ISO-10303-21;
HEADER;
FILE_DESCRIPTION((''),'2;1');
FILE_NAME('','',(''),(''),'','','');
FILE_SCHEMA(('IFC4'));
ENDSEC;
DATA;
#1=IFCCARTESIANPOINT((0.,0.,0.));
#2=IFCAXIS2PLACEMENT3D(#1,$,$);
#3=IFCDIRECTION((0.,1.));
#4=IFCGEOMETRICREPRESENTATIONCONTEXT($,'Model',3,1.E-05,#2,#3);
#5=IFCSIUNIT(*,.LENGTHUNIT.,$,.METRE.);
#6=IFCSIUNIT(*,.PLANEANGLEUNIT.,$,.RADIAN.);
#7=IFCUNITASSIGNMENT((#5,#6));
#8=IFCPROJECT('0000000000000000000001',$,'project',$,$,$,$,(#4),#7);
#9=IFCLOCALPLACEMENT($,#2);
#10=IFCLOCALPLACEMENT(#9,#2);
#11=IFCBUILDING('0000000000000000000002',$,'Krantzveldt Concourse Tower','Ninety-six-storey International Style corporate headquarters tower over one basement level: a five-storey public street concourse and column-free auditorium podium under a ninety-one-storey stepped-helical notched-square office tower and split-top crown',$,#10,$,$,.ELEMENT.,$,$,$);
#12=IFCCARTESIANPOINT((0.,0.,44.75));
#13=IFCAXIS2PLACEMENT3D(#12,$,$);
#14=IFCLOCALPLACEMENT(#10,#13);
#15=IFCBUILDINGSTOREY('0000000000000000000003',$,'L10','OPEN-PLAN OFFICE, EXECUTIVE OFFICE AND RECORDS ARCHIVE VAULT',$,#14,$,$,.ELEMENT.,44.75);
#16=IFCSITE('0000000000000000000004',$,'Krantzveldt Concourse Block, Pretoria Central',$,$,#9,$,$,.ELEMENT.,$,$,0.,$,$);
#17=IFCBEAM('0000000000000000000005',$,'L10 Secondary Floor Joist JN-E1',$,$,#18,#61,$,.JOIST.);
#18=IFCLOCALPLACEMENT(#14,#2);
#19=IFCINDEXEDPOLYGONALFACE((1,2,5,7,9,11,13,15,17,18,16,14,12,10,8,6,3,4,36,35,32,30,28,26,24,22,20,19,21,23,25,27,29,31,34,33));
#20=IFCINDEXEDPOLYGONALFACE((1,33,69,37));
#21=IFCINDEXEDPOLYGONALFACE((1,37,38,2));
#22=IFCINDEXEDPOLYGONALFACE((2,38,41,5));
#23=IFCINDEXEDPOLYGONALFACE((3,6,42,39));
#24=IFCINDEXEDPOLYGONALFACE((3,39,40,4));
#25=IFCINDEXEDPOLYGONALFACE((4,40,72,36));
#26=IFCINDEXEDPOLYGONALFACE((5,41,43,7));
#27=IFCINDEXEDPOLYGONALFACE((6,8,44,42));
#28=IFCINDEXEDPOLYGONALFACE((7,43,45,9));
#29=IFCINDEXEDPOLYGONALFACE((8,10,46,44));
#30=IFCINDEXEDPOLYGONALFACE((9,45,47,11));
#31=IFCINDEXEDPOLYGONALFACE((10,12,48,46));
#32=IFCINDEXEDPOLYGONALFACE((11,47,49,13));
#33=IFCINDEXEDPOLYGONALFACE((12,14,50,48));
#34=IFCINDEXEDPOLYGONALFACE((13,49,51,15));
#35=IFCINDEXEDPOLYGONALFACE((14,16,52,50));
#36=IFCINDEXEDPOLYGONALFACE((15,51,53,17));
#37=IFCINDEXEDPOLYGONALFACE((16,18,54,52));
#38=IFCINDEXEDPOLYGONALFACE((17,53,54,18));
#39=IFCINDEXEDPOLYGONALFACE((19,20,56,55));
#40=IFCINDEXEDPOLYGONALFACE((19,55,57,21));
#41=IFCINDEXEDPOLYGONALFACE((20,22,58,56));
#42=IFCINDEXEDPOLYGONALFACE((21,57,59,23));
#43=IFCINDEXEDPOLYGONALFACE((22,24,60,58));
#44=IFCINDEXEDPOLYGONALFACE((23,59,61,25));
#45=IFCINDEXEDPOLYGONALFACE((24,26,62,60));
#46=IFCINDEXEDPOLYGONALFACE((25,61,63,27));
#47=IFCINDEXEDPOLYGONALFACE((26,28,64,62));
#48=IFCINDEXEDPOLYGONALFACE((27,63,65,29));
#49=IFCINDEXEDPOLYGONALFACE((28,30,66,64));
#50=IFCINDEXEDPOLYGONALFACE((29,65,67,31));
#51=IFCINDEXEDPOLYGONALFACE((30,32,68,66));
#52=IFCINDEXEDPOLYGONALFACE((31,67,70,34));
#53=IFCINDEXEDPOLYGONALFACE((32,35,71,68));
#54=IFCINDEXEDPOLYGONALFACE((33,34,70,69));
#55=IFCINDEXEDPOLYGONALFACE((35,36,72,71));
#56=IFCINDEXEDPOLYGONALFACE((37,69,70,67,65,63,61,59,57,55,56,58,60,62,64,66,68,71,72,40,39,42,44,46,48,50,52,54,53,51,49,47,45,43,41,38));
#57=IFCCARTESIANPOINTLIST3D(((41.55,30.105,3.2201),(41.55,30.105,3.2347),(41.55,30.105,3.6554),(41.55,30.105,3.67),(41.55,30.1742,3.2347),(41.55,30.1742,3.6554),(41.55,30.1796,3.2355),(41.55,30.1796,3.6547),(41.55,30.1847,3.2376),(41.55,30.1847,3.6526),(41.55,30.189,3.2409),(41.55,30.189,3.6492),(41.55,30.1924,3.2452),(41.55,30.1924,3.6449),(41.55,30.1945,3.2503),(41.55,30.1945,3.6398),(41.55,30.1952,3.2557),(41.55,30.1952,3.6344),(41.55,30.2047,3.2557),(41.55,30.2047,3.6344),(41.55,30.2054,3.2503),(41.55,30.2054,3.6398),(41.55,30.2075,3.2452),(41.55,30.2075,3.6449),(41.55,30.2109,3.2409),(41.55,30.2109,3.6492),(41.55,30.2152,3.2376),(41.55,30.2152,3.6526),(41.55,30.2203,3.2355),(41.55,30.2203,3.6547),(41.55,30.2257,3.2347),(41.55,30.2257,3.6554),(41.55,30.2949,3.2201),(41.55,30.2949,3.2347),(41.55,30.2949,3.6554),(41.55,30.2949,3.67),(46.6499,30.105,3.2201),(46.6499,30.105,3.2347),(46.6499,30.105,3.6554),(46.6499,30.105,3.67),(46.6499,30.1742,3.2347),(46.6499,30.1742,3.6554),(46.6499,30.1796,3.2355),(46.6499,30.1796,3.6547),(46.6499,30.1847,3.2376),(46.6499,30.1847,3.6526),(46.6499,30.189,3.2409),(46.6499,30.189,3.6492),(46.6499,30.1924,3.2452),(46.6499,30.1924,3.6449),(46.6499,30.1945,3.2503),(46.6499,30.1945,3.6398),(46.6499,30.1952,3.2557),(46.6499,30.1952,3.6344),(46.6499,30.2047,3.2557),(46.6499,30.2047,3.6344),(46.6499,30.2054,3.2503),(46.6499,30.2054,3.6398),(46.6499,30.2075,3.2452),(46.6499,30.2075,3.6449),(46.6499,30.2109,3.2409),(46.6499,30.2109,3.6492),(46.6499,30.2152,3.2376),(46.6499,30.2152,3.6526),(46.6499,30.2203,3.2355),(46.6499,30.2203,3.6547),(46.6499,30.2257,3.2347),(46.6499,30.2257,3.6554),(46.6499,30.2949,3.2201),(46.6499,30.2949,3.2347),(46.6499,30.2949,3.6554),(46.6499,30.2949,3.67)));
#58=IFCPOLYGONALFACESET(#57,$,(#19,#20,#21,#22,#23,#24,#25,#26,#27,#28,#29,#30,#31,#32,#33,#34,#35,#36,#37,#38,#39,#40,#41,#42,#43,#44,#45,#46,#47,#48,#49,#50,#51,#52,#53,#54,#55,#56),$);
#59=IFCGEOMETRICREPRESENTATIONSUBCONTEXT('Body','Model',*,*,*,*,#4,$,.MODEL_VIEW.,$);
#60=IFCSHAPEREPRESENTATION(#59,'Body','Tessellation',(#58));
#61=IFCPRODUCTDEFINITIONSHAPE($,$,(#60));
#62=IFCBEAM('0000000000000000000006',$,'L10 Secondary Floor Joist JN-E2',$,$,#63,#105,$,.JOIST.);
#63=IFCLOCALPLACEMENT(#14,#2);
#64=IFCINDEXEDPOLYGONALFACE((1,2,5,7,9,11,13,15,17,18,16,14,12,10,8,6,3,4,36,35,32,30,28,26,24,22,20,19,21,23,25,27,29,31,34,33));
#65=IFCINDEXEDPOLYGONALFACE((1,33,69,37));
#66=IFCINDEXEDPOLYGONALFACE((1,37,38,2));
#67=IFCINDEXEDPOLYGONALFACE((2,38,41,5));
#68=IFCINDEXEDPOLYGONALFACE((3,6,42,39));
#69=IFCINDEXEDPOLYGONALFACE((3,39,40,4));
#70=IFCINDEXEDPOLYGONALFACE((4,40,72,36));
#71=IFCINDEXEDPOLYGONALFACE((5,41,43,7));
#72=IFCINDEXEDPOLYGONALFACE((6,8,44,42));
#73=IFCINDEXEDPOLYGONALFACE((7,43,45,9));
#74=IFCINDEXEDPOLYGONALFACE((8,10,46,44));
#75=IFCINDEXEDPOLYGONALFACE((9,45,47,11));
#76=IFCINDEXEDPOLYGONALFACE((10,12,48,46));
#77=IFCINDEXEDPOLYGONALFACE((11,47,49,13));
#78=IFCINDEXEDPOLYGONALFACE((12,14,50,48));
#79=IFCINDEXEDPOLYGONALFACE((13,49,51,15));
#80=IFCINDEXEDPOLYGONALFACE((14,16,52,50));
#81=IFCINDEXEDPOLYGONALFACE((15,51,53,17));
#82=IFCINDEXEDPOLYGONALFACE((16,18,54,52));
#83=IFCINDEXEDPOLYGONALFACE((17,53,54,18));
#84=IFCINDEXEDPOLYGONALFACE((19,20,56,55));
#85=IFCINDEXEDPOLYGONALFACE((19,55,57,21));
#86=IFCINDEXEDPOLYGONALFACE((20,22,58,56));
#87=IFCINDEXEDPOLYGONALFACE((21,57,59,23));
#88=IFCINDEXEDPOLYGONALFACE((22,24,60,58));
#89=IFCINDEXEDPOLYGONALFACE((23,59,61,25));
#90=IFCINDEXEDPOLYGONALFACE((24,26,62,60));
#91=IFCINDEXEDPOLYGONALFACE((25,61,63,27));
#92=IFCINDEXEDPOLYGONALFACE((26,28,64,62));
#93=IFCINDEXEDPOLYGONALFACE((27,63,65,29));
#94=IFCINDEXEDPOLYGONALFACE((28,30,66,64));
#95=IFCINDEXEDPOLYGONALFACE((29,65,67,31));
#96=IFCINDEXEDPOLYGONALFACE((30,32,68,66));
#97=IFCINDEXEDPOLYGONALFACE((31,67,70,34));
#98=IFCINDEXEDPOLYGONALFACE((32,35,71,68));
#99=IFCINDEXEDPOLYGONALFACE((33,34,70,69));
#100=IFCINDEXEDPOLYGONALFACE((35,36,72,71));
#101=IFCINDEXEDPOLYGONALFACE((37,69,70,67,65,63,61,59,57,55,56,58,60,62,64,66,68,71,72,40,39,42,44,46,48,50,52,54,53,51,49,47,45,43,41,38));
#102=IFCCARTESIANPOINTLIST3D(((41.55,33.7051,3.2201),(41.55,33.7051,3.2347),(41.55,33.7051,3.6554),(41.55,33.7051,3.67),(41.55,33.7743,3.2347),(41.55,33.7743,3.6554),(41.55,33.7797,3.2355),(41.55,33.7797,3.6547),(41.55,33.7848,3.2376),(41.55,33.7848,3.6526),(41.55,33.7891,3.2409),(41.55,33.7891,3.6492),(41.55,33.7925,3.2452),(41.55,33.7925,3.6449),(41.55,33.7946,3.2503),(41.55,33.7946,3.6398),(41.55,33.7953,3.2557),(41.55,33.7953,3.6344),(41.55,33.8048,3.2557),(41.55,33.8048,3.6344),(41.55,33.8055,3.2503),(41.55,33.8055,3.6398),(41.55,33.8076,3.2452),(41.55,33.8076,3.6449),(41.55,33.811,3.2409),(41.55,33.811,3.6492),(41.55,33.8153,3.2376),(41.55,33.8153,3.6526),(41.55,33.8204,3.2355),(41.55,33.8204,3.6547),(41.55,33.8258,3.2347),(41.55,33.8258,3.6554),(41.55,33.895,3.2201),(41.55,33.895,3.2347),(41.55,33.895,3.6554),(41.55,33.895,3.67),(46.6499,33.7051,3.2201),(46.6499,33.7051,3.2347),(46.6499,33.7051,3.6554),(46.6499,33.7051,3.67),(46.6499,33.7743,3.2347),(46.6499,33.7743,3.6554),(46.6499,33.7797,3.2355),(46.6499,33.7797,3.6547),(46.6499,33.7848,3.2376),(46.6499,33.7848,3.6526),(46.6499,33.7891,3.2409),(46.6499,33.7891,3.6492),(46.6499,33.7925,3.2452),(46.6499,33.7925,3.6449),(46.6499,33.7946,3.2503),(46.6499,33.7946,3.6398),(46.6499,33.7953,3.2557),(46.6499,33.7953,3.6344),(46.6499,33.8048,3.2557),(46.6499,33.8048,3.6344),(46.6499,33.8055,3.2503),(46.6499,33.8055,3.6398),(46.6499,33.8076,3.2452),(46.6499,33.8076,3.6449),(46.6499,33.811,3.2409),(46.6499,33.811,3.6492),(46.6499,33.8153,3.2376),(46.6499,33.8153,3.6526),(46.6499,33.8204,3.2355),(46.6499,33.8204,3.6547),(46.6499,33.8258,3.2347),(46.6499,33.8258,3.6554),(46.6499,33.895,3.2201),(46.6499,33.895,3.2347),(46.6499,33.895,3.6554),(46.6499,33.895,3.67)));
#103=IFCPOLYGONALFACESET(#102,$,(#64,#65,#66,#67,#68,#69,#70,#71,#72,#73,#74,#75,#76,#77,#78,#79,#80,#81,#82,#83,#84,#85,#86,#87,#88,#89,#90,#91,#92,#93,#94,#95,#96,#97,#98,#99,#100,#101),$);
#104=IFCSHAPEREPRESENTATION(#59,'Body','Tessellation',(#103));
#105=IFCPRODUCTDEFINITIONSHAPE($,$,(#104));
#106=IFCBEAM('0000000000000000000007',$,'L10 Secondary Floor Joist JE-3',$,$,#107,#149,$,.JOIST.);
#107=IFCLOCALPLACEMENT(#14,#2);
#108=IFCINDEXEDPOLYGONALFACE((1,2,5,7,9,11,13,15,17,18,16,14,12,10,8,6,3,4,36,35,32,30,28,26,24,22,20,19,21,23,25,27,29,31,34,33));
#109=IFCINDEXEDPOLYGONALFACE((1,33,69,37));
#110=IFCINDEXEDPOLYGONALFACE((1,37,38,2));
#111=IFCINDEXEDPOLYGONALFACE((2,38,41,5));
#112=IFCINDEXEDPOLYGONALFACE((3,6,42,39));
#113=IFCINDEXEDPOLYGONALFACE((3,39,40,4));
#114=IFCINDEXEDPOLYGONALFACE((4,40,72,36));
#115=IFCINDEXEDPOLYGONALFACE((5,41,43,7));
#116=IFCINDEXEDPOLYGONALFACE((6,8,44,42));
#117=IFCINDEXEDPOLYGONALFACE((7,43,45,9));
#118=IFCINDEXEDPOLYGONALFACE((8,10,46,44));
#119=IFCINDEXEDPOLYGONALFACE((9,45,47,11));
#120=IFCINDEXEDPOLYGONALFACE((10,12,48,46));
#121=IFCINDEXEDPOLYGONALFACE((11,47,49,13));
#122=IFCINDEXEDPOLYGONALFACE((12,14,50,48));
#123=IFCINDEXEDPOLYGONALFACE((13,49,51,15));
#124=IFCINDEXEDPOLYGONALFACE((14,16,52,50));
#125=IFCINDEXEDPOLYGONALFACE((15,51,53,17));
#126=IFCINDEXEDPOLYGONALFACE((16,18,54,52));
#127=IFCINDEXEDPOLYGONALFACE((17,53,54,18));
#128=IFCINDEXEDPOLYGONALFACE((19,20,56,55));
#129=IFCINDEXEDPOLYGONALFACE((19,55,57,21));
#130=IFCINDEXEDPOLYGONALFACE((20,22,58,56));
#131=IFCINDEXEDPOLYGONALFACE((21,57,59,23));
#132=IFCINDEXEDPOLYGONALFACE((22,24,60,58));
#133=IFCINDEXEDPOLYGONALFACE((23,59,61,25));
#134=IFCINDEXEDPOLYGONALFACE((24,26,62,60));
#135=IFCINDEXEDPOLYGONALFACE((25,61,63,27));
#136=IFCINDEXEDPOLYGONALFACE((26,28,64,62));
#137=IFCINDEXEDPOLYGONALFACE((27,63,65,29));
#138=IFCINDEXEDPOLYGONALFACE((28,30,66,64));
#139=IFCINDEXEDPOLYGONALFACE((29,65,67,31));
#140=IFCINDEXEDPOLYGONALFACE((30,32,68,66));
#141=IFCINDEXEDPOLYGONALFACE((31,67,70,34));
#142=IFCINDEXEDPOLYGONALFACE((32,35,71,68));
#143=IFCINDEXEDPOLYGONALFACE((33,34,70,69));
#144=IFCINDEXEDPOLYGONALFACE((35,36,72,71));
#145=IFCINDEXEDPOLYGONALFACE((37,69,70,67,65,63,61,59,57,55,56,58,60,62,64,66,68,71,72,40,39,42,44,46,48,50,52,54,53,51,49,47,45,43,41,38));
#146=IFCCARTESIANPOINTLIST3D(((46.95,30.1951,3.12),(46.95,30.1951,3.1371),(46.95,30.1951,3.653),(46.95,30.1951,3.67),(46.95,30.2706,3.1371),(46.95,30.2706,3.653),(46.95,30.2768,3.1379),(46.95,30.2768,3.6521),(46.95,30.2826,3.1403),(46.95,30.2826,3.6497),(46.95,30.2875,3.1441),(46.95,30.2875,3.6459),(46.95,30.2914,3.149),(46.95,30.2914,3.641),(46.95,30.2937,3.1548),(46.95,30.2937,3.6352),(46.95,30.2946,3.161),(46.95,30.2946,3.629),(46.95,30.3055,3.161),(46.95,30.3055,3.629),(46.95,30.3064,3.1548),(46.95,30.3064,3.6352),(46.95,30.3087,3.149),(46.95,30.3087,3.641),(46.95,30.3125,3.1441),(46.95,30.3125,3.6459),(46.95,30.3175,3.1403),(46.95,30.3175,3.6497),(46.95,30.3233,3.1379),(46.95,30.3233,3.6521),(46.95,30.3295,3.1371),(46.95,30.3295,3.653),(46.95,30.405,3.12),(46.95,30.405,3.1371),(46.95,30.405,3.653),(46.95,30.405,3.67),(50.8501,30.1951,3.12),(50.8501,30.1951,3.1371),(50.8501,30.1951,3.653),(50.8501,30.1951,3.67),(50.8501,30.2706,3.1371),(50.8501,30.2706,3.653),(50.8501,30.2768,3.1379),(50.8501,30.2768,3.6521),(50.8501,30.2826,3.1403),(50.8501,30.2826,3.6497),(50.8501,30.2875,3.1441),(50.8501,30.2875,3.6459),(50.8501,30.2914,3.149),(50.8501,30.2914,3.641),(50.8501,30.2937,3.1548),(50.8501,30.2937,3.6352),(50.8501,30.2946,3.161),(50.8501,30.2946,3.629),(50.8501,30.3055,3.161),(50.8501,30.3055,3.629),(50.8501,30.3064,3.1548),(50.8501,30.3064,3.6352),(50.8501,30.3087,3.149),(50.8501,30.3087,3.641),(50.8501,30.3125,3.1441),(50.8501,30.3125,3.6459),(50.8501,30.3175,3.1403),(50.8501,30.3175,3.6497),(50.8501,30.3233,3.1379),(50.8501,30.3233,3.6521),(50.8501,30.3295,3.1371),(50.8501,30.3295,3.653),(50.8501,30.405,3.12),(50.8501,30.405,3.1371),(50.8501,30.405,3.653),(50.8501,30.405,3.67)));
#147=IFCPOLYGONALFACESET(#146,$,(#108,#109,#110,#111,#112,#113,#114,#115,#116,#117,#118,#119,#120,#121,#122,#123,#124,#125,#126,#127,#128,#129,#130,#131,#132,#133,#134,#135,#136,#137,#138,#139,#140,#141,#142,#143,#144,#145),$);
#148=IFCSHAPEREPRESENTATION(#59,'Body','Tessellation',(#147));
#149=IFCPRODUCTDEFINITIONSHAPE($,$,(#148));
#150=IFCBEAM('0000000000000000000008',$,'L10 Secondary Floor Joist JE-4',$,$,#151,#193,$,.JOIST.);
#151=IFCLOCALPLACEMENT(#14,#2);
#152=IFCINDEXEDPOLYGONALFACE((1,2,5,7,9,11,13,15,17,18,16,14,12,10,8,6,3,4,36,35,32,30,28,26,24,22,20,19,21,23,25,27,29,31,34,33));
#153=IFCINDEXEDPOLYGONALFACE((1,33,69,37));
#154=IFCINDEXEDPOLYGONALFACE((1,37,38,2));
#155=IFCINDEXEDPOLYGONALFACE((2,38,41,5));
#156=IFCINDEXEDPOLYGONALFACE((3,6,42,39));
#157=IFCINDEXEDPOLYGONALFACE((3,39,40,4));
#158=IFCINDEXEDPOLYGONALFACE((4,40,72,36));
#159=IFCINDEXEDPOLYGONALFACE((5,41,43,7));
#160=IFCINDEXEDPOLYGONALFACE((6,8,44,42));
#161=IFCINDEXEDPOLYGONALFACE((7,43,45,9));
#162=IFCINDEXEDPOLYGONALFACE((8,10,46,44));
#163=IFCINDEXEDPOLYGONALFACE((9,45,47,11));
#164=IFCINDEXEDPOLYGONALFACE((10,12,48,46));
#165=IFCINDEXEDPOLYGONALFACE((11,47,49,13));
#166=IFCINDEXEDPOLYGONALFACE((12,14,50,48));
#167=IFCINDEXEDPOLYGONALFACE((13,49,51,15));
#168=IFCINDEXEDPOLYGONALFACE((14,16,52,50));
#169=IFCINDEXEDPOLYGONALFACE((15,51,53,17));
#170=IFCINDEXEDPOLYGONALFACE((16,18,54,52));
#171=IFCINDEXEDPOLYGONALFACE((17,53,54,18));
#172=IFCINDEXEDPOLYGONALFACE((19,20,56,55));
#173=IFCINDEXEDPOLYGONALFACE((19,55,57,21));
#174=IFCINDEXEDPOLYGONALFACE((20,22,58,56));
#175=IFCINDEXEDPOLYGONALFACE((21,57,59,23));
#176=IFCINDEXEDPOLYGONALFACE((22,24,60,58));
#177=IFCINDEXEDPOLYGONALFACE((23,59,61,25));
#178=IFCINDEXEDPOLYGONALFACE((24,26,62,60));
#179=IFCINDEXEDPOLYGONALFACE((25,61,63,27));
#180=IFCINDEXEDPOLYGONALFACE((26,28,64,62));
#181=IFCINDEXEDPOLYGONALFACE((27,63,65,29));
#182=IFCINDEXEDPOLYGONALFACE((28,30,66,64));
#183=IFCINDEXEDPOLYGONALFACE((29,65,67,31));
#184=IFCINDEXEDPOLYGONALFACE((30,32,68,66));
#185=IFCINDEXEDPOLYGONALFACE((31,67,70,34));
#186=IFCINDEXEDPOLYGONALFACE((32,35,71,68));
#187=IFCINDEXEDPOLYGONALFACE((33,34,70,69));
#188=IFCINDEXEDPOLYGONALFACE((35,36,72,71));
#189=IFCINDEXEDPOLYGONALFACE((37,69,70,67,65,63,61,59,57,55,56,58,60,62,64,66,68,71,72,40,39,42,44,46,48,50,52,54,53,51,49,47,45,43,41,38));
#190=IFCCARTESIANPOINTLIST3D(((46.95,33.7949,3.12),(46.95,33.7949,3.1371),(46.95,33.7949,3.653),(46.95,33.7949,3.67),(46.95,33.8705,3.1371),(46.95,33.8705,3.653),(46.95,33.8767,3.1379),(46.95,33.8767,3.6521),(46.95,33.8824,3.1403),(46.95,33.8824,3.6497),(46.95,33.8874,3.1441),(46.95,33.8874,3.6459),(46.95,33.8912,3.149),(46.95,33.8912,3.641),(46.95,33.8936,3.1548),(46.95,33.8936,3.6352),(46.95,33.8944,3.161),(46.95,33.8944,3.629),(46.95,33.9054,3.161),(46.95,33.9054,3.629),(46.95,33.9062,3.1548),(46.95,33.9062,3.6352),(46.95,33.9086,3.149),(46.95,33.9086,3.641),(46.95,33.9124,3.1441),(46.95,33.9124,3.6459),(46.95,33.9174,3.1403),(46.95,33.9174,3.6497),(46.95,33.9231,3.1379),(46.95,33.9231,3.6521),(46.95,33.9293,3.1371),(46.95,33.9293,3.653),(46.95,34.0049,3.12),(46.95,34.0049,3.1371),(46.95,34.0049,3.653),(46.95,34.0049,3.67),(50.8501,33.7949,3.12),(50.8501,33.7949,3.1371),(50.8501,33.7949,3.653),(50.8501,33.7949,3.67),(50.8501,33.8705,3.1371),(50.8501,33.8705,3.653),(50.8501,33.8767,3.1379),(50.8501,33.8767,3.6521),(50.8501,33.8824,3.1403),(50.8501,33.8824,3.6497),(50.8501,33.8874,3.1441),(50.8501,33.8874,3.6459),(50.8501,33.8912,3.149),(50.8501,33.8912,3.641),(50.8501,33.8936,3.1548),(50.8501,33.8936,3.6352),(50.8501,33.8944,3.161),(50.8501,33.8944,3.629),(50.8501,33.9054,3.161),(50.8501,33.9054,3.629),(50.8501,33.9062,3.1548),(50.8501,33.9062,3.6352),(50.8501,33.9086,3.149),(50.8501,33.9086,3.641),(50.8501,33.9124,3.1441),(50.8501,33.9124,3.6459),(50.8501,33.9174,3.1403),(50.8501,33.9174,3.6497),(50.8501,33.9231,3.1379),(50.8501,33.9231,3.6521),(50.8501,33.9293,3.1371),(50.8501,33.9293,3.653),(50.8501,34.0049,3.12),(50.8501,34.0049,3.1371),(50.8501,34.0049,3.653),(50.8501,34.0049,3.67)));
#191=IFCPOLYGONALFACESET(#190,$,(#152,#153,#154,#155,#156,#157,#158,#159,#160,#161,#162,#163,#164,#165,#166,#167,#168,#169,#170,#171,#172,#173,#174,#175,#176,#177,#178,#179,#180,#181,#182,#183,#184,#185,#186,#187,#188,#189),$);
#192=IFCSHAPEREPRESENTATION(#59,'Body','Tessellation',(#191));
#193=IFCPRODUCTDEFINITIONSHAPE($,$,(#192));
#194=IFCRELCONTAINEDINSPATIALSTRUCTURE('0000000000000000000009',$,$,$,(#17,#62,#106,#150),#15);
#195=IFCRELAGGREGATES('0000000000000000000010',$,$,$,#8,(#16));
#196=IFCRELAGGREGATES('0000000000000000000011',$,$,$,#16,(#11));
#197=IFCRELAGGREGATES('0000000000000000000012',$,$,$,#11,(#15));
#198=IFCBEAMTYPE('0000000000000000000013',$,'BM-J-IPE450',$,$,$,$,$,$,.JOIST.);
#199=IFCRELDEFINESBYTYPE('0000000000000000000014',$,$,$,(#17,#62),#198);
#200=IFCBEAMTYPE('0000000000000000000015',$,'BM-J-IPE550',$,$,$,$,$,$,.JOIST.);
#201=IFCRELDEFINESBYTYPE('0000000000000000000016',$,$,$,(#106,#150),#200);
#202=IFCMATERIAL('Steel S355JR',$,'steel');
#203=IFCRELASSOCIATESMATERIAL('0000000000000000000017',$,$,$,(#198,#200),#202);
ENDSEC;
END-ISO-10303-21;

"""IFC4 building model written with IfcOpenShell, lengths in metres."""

from ifc_helpers import new_model, si_unit, direction, frame, origin, origin_2d, place, context, subcontext, project, spatial, i_section, extrude, source, transform, mapped, material, material_profile, profile_set, type_object, type_shapes, element, save


model = new_model("IFC4")

# Units and contexts
model_context = context("Model", 3, precision=1e-05, world=origin(), true_north=direction((0.0, 1.0)))
body_context = subcontext(model_context, "Body", "Model", "MODEL_VIEW")
ifc_project = project(units=[si_unit("LENGTHUNIT", "METRE"), si_unit("PLANEANGLEUNIT", "RADIAN")], contexts=[model_context])

# Site, building, storey
site_placement = place(None, origin())
site = spatial("IfcSite", under=ifc_project, at=site_placement, Name="Krantzveldt Concourse Block, Pretoria Central", CompositionType="ELEMENT", RefElevation=0.0)
building_placement = place(site_placement, origin())
building = spatial("IfcBuilding", under=site, at=building_placement, Name="Krantzveldt Concourse Tower", Description="Ninety-six-storey International Style corporate headquarters tower over one basement level: a five-storey public street concourse and column-free auditorium podium under a ninety-one-storey stepped-helical notched-square office tower and split-top crown", CompositionType="ELEMENT")
storey_placement = place(building_placement, frame((0.0, 0.0, 44.75)))
storey = spatial("IfcBuildingStorey", under=building, at=storey_placement, Name="L10", Description="OPEN-PLAN OFFICE, EXECUTIVE OFFICE AND RECORDS ARCHIVE VAULT", CompositionType="ELEMENT", Elevation=44.75)

# Beams
ifc_material_1 = material(Name="Steel S355JR", Category="steel")
ifc_material_profile_1 = material_profile(ifc_material_1, i_section(OverallWidth=0.1899, OverallDepth=0.45, WebThickness=0.0095, FlangeThickness=0.0146, FilletRadius=0.021, at=origin_2d()), Name="Steel S355JR", Category="steel")
ifc_profile_set_1 = profile_set([ifc_material_profile_1], Name="Steel S355JR - IPE 450")
beam_type_1 = type_object("IfcBeamType", Name="BM-J-IPE450", PredefinedType="JOIST", material=ifc_profile_set_1)
shared_shape_1 = source(origin(), body_context, "Body", "SweptSolid", [
    extrude(i_section(OverallWidth=0.1899, OverallDepth=0.45, WebThickness=0.0095, FlangeThickness=0.0146, FilletRadius=0.021, at=origin_2d()), origin(), (0.0, 0.0, 1.0), 5.0999),
])
type_shapes(beam_type_1, [shared_shape_1])
for number, where, z_axis, x_axis, name in (
    (1, (41.55, 30.2, 3.4451), (1.0, 0.0, 0.0), (0.0, 1.0, 0.0), "L10 Secondary Floor Joist JN-E1"),
    (2, (41.55, 33.8, 3.4451), (1.0, 0.0, 0.0), (0.0, 1.0, 0.0), "L10 Secondary Floor Joist JN-E2"),
):
    element("IfcBeam", number, at=place(storey_placement, frame(where, z_axis=z_axis, x_axis=x_axis)), inside=storey, type_object=beam_type_1, Name=name, PredefinedType="JOIST", context=body_context, shape_type="MappedRepresentation", body=[
        mapped(shared_shape_1, transform((0.0, 0.0, 0.0), x_axis=(1.0, 0.0, 0.0), y_axis=(0.0, 1.0, 0.0), z_axis=(0.0, 0.0, 1.0), scale=1.0)),
    ])
ifc_material_profile_2 = material_profile(ifc_material_1, i_section(OverallWidth=0.21, OverallDepth=0.55, WebThickness=0.011, FlangeThickness=0.0171, FilletRadius=0.0239, at=origin_2d()), Name="Steel S355JR", Category="steel")
ifc_profile_set_2 = profile_set([ifc_material_profile_2], Name="Steel S355JR - IPE 550")
beam_type_2 = type_object("IfcBeamType", Name="BM-J-IPE550", PredefinedType="JOIST", material=ifc_profile_set_2)
shared_shape_2 = source(origin(), body_context, "Body", "SweptSolid", [
    extrude(i_section(OverallWidth=0.21, OverallDepth=0.55, WebThickness=0.011, FlangeThickness=0.0171, FilletRadius=0.0239, at=origin_2d()), origin(), (0.0, 0.0, 1.0), 3.9001),
])
type_shapes(beam_type_2, [shared_shape_2])
for number, where, z_axis, x_axis, name in (
    (3, (46.95, 30.3, 3.395), (1.0, 0.0, 0.0), (0.0, 1.0, 0.0), "L10 Secondary Floor Joist JE-3"),
    (4, (46.95, 33.8999, 3.395), (1.0, 0.0, 0.0), (0.0, 1.0, 0.0), "L10 Secondary Floor Joist JE-4"),
):
    element("IfcBeam", number, at=place(storey_placement, frame(where, z_axis=z_axis, x_axis=x_axis)), inside=storey, type_object=beam_type_2, Name=name, PredefinedType="JOIST", context=body_context, shape_type="MappedRepresentation", body=[
        mapped(shared_shape_2, transform((0.0, 0.0, 0.0), x_axis=(1.0, 0.0, 0.0), y_axis=(0.0, 1.0, 0.0), z_axis=(0.0, 0.0, 1.0), scale=1.0)),
    ])

save(model, "model.ifc")
